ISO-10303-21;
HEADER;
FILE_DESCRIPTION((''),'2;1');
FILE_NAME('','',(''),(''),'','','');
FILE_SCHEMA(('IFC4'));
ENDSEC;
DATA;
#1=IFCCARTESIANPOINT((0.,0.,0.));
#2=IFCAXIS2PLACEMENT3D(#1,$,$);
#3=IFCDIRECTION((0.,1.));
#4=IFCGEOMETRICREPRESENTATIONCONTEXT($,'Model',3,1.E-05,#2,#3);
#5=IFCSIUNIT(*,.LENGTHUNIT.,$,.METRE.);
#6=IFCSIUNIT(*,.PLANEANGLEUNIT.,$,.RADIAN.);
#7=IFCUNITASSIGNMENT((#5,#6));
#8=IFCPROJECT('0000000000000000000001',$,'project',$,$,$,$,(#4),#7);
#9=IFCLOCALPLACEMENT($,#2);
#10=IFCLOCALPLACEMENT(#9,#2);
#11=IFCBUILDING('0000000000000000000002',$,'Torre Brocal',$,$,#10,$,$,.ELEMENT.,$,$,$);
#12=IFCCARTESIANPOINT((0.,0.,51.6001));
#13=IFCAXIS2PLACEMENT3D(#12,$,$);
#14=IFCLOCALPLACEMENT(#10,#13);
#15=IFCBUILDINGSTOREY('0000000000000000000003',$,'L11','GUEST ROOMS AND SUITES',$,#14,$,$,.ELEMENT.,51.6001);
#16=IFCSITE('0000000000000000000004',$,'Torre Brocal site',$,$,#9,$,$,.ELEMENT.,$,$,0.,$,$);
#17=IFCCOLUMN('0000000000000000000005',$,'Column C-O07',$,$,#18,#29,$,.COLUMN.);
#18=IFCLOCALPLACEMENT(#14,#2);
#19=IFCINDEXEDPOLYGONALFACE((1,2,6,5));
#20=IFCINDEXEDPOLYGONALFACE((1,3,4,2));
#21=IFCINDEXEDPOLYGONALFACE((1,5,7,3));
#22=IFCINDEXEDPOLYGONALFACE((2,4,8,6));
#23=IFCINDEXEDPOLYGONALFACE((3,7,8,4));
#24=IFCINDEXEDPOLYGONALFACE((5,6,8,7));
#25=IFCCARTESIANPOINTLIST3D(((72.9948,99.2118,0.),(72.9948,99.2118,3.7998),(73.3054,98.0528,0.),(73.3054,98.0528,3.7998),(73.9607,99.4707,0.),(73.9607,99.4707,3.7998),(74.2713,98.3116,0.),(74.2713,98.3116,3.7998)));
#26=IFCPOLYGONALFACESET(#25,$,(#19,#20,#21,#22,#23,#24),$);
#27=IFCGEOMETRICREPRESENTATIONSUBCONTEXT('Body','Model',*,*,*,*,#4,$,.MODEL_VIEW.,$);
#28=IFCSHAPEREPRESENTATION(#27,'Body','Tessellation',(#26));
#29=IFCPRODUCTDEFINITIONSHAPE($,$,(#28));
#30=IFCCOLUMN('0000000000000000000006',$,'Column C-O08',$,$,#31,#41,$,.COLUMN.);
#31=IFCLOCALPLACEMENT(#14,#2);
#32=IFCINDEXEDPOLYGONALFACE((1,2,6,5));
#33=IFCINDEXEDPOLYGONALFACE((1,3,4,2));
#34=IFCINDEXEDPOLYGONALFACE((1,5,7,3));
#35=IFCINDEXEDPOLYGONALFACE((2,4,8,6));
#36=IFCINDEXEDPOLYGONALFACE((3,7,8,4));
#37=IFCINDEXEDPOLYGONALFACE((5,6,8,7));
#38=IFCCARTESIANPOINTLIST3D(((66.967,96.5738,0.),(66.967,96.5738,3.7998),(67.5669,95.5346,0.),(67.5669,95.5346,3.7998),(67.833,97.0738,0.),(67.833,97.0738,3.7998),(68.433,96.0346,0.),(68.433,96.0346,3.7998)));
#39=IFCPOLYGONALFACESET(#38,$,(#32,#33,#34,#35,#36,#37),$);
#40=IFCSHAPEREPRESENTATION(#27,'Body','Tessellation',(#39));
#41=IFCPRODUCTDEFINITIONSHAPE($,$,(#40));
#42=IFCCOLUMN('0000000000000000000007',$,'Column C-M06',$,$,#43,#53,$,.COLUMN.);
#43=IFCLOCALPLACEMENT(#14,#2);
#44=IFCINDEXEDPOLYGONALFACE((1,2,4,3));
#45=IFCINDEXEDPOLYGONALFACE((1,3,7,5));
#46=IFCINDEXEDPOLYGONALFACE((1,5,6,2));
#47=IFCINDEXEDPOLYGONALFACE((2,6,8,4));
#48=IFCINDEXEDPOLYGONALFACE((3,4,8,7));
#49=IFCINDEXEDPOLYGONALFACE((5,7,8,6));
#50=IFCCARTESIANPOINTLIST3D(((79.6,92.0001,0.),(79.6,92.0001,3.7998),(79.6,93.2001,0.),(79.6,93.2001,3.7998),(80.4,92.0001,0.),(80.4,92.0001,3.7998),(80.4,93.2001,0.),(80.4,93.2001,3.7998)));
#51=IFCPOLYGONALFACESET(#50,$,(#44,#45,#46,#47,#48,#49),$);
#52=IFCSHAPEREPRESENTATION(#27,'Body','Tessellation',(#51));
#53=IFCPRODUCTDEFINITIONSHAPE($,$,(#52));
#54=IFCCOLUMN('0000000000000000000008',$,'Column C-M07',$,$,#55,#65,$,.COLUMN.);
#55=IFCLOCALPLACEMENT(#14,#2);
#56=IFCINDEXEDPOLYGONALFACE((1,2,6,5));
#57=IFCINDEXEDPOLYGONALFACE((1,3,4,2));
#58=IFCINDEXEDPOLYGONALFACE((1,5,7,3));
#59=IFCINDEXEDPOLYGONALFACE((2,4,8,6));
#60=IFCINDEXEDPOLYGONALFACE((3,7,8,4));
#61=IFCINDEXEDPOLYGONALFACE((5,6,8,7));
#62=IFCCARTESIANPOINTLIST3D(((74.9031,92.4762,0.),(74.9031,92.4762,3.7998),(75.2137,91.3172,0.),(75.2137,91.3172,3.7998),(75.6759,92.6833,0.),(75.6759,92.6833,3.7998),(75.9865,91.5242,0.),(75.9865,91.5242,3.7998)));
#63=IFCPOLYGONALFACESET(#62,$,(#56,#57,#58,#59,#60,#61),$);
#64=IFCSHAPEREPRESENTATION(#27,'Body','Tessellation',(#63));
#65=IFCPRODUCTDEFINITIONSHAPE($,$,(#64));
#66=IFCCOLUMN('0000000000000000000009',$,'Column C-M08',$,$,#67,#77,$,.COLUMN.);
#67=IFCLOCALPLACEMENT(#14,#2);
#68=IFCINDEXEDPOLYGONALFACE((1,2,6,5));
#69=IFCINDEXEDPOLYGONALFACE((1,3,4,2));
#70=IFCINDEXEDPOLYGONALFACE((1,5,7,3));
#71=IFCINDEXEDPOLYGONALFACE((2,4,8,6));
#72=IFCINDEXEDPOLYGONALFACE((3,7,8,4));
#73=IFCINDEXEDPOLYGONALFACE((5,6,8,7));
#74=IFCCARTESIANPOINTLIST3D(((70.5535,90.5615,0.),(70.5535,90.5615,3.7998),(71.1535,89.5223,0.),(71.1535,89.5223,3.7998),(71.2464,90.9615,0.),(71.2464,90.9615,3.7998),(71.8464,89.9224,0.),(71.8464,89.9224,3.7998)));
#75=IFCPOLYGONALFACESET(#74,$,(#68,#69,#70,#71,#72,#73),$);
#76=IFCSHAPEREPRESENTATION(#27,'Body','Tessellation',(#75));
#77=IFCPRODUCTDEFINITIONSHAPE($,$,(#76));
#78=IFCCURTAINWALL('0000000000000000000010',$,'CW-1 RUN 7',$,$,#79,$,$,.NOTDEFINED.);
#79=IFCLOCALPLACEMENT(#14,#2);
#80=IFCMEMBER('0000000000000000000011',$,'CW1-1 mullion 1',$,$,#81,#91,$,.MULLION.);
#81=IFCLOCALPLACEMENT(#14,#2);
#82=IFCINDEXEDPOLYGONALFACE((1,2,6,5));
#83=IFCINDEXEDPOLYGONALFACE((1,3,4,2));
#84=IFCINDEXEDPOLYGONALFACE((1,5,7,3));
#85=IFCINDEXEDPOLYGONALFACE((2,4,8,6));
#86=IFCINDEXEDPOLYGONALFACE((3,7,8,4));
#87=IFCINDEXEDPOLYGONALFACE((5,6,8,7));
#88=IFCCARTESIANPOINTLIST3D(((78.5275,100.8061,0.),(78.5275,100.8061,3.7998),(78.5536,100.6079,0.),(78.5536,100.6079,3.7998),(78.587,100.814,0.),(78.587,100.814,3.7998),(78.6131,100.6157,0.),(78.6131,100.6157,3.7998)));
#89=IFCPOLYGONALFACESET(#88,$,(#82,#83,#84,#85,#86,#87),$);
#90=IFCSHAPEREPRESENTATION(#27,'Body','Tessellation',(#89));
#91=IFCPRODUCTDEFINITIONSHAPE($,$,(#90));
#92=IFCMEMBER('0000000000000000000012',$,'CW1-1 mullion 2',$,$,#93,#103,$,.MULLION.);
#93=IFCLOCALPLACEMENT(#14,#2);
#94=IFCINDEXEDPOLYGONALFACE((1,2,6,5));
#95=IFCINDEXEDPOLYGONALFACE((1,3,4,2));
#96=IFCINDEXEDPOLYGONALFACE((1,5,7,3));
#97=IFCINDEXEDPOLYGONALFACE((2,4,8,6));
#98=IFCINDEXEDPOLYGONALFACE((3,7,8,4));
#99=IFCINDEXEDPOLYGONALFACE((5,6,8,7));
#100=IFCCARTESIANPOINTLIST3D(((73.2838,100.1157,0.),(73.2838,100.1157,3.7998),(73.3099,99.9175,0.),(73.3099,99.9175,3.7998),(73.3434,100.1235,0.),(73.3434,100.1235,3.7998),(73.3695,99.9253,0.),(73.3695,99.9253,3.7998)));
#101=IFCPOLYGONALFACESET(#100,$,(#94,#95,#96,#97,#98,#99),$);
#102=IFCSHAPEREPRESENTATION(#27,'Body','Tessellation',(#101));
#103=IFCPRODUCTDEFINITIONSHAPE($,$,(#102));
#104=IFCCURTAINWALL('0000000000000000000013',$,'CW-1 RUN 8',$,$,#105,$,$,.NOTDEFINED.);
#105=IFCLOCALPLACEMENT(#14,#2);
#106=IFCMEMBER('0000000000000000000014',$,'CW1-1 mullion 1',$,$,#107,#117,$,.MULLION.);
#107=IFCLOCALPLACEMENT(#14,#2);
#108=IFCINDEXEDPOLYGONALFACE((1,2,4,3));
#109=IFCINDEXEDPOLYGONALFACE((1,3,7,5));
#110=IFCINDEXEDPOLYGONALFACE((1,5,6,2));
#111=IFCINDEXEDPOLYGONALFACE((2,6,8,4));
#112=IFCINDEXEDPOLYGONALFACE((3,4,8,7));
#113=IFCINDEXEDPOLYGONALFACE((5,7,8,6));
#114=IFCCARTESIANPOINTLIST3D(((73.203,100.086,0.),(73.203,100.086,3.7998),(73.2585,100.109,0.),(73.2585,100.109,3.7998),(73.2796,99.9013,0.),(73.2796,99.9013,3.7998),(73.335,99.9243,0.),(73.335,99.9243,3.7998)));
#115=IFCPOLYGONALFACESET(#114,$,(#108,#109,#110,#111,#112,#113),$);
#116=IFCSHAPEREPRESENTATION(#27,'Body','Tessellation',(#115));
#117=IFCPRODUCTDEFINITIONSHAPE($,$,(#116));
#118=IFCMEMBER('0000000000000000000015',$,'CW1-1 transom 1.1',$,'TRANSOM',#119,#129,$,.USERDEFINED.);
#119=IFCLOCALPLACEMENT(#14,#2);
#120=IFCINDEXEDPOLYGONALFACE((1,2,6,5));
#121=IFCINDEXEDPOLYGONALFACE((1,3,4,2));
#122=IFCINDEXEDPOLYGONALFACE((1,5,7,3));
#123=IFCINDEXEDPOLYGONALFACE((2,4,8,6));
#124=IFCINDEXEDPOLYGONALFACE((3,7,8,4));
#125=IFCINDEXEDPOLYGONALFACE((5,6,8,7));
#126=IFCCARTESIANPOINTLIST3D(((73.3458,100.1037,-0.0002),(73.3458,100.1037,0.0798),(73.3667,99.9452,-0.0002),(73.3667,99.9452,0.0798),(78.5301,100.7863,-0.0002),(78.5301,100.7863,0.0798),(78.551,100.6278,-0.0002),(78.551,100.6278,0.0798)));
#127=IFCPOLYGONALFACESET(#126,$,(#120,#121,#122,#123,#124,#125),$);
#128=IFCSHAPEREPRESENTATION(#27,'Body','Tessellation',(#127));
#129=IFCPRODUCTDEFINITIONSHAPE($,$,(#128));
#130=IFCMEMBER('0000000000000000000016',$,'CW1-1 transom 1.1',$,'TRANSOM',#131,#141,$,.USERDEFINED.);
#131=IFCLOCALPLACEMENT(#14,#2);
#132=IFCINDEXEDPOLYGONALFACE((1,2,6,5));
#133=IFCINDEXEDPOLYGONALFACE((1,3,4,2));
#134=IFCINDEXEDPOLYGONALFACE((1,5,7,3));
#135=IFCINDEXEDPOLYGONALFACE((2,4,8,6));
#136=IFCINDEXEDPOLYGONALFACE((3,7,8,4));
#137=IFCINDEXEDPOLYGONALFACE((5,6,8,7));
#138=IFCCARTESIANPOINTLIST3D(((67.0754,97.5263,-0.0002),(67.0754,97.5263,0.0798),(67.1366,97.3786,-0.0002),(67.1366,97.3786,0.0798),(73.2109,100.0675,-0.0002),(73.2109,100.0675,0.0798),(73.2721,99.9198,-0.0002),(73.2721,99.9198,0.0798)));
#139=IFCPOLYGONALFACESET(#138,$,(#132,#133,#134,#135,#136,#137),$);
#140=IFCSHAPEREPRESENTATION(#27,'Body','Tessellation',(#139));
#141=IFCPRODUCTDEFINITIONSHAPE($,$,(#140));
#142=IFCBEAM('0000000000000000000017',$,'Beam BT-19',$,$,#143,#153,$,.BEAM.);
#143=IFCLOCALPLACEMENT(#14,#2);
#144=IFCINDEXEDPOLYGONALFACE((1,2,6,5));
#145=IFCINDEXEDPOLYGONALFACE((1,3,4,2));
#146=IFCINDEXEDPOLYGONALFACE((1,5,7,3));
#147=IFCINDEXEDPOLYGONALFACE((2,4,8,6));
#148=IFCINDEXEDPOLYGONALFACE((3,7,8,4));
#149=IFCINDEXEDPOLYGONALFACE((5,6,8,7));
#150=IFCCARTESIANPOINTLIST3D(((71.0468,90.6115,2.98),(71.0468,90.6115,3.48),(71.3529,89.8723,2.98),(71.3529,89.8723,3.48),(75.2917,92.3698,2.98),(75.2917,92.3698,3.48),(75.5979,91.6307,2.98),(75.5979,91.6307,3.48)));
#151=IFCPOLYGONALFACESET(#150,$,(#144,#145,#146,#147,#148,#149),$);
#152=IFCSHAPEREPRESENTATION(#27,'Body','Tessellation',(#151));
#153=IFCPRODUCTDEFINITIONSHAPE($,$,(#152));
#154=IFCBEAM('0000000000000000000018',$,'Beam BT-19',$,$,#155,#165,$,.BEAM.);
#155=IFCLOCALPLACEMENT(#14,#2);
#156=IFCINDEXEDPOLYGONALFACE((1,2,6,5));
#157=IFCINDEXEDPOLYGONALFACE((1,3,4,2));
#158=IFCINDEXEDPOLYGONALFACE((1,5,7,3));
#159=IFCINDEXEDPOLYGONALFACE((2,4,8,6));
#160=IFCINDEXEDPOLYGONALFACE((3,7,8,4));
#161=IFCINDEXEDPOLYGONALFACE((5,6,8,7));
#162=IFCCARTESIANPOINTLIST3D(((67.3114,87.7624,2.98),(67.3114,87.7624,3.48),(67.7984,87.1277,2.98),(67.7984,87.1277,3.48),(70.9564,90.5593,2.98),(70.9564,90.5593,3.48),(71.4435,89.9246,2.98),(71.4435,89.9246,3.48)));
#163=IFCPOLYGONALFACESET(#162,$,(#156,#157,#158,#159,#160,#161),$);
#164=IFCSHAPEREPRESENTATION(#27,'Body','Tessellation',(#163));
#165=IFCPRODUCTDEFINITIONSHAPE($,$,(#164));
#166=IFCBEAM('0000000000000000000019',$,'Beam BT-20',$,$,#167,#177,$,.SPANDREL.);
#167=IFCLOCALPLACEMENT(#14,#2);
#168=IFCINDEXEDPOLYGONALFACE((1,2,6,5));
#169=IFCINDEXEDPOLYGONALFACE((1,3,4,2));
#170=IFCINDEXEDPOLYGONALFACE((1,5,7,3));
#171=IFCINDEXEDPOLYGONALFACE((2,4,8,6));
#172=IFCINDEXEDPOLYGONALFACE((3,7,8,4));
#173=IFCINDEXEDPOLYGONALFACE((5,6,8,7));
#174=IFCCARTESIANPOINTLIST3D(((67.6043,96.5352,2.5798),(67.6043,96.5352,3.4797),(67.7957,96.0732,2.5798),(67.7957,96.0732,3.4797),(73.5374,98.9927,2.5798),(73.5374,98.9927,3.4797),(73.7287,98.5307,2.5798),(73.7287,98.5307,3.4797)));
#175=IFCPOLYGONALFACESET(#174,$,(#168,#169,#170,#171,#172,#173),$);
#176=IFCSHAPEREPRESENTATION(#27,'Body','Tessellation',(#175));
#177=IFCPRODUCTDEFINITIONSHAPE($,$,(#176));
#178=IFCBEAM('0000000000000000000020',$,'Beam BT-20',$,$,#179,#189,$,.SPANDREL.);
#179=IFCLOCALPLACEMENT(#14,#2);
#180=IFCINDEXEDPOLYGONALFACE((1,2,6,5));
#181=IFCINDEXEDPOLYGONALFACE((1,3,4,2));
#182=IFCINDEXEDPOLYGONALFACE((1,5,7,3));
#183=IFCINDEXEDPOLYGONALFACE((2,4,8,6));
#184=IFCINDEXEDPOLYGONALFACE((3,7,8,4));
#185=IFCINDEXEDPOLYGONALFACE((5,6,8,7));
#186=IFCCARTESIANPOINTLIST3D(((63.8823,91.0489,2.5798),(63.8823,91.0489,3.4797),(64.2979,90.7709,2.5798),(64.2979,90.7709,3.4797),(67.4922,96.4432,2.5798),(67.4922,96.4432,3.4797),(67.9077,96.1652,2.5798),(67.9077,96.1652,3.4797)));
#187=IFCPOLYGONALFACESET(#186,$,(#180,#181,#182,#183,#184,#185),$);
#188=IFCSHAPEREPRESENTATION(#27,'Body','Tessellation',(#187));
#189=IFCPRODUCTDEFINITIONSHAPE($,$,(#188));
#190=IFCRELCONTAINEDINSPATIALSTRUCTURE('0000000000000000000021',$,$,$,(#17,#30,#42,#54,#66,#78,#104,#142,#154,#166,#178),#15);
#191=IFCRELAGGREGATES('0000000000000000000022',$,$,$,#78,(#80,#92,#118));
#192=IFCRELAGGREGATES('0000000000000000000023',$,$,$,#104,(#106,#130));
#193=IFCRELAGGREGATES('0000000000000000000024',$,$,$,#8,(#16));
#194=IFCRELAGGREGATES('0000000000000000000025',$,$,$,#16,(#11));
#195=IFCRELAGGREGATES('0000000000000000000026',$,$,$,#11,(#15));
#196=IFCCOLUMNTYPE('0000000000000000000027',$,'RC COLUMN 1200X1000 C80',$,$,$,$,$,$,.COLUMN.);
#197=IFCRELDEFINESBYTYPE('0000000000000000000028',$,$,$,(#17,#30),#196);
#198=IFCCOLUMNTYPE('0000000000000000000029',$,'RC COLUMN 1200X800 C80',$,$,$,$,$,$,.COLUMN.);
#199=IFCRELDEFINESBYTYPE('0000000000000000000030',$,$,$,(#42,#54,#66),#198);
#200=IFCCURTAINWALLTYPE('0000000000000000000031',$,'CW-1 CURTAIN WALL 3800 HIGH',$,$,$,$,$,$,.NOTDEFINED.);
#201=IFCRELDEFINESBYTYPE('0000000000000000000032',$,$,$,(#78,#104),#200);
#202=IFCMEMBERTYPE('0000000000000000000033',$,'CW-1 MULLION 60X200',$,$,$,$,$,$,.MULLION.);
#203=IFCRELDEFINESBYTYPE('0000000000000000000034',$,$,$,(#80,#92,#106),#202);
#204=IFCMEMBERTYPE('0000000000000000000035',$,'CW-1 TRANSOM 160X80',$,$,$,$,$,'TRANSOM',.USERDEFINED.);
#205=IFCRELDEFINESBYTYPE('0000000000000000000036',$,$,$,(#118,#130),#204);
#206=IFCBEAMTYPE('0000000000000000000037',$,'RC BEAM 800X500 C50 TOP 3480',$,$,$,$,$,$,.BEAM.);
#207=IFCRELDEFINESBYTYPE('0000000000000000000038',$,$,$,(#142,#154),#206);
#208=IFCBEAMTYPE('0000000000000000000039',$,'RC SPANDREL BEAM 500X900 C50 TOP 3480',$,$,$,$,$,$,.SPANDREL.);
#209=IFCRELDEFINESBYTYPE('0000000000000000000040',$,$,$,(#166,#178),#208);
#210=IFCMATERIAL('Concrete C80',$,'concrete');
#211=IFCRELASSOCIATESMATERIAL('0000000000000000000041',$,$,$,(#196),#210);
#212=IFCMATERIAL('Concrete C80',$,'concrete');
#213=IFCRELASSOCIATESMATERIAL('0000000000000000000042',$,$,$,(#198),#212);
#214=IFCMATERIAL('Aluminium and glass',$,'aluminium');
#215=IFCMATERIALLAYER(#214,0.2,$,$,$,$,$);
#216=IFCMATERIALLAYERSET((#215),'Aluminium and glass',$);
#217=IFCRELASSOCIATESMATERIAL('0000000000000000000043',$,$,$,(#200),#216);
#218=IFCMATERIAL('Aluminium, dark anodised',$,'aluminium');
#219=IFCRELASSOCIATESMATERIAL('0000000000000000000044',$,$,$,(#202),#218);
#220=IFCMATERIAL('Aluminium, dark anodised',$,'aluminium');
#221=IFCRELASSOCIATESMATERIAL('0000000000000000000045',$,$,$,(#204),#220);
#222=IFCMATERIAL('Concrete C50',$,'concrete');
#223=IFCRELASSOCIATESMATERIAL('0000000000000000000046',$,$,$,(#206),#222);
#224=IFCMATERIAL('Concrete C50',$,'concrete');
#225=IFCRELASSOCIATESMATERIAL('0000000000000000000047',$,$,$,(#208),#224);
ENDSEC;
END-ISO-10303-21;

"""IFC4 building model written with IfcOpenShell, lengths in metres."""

from ifc_helpers import new_model, si_unit, direction, frame, origin, origin_2d, place, context, subcontext, project, spatial, rectangle, extrude, material, layer, layer_set, material_profile, profile_set, type_object, element, aggregate, save


model = new_model("IFC4")

# Units and contexts
model_context = context("Model", 3, precision=1e-05, world=origin(), true_north=direction((0.0, 1.0)))
body_context = subcontext(model_context, "Body", "Model", "MODEL_VIEW")
ifc_project = project(units=[si_unit("LENGTHUNIT", "METRE"), si_unit("PLANEANGLEUNIT", "RADIAN")], contexts=[model_context])

# Site, building, storey
site_placement = place(None, origin())
site = spatial("IfcSite", under=ifc_project, at=site_placement, Name="Torre Brocal site", CompositionType="ELEMENT", RefElevation=0.0)
building_placement = place(site_placement, origin())
building = spatial("IfcBuilding", under=site, at=building_placement, Name="Torre Brocal", CompositionType="ELEMENT")
storey_placement = place(building_placement, frame((0.0, 0.0, 51.6001)))
storey = spatial("IfcBuildingStorey", under=building, at=storey_placement, Name="L11", Description="GUEST ROOMS AND SUITES", CompositionType="ELEMENT", Elevation=51.6001)

# Columns
ifc_material_1 = material(Name="Concrete C80", Category="concrete")
ifc_material_profile_1 = material_profile(ifc_material_1, rectangle(XDim=1.2, YDim=1.0, at=origin_2d()), Name="RC 1200X1000")
ifc_profile_set_1 = profile_set([ifc_material_profile_1], Name="Concrete C80")
column_type_1 = type_object("IfcColumnType", Name="RC COLUMN 1200X1000 C80", PredefinedType="COLUMN", material=ifc_profile_set_1)
for number, where, z_axis, x_axis, name in (
    (1, (73.6331, 98.7617, 0.0), (0.0, 0.0, 1.0), (-0.258819, 0.965926, 0.0), "Column C-O07"),
    (2, (67.7, 96.3042, 0.0), (0.0, 0.0, 1.0), (-0.5, 0.866025, 0.0), "Column C-O08"),
):
    element("IfcColumn", number, at=place(storey_placement, frame(where, z_axis=z_axis, x_axis=x_axis)), inside=storey, type_object=column_type_1, Name=name, PredefinedType="COLUMN", context=body_context, shape_type="SweptSolid", body=[
        extrude(rectangle(XDim=1.2, YDim=1.0, at=origin_2d()), origin(), (0.0, 0.0, 1.0), 3.7998),
    ])
ifc_material_2 = material(Name="Concrete C80", Category="concrete")
ifc_material_profile_2 = material_profile(ifc_material_2, rectangle(XDim=1.2, YDim=0.8, at=origin_2d()), Name="RC 1200X800")
ifc_profile_set_2 = profile_set([ifc_material_profile_2], Name="Concrete C80")
column_type_2 = type_object("IfcColumnType", Name="RC COLUMN 1200X800 C80", PredefinedType="COLUMN", material=ifc_profile_set_2)
for number, where, z_axis, x_axis, name in (
    (3, (80.0, 92.6001, 0.0), (0.0, 0.0, 1.0), (0.0, 1.0, 0.0), "Column C-M06"),
    (4, (75.4448, 92.0002, 0.0), (0.0, 0.0, 1.0), (-0.258819, 0.965926, 0.0), "Column C-M07"),
    (5, (71.2, 90.2419, 0.0), (0.0, 0.0, 1.0), (-0.5, 0.866025, 0.0), "Column C-M08"),
):
    element("IfcColumn", number, at=place(storey_placement, frame(where, z_axis=z_axis, x_axis=x_axis)), inside=storey, type_object=column_type_2, Name=name, PredefinedType="COLUMN", context=body_context, shape_type="SweptSolid", body=[
        extrude(rectangle(XDim=1.2, YDim=0.8, at=origin_2d()), origin(), (0.0, 0.0, 1.0), 3.7998),
    ])

# Curtain wall, members
ifc_material_3 = material(Name="Aluminium and glass", Category="aluminium")
ifc_layer_1 = layer(ifc_material_3, 0.2)
ifc_layer_set_1 = layer_set([ifc_layer_1], Name="Aluminium and glass")
curtain_wall_type = type_object("IfcCurtainWallType", Name="CW-1 CURTAIN WALL 3800 HIGH", PredefinedType="NOTDEFINED", material=ifc_layer_set_1)
curtain_wall_1_placement = place(storey_placement, origin())
curtain_wall_1 = element("IfcCurtainWall", 6, at=curtain_wall_1_placement, inside=storey, type_object=curtain_wall_type, Name="CW-1 RUN 7", PredefinedType="NOTDEFINED")
ifc_material_4 = material(Name="Aluminium, dark anodised", Category="aluminium")
ifc_material_profile_3 = material_profile(ifc_material_4, rectangle(XDim=0.2, YDim=0.0601, at=origin_2d()), Name="CW-1 MULLION 60X200")
ifc_profile_set_3 = profile_set([ifc_material_profile_3], Name="Aluminium, dark anodised")
member_type_1 = type_object("IfcMemberType", Name="CW-1 MULLION 60X200", PredefinedType="MULLION", material=ifc_profile_set_3)
member_1_placement = place(storey_placement, frame((78.5703, 100.7109, 0.0), z_axis=(0.0, 0.0, 1.0), x_axis=(0.130526, -0.991445, 0.0)))
member_1 = element("IfcMember", 7, at=member_1_placement, type_object=member_type_1, Name="CW1-1 mullion 1", PredefinedType="MULLION", context=body_context, shape_type="SweptSolid", body=[
    extrude(rectangle(XDim=0.2, YDim=0.0601, at=origin_2d()), origin(), (0.0, 0.0, 1.0), 3.7998),
])
member_2_placement = place(storey_placement, frame((73.3267, 100.0205, 0.0), z_axis=(0.0, 0.0, 1.0), x_axis=(0.130526, -0.991445, 0.0)))
member_2 = element("IfcMember", 8, at=member_2_placement, type_object=member_type_1, Name="CW1-1 mullion 2", PredefinedType="MULLION", context=body_context, shape_type="SweptSolid", body=[
    extrude(rectangle(XDim=0.2, YDim=0.0601, at=origin_2d()), origin(), (0.0, 0.0, 1.0), 3.7998),
])

# Curtain wall, member
curtain_wall_2_placement = place(storey_placement, origin())
curtain_wall_2 = element("IfcCurtainWall", 9, at=curtain_wall_2_placement, inside=storey, type_object=curtain_wall_type, Name="CW-1 RUN 8", PredefinedType="NOTDEFINED")
member_3_placement = place(storey_placement, frame((73.269, 100.0051, 0.0), z_axis=(0.0, 0.0, 1.0), x_axis=(0.382683, -0.92388, 0.0)))
member_3 = element("IfcMember", 10, at=member_3_placement, type_object=member_type_1, Name="CW1-1 mullion 1", PredefinedType="MULLION", context=body_context, shape_type="SweptSolid", body=[
    extrude(rectangle(XDim=0.2, YDim=0.0601, at=origin_2d()), origin(), (0.0, 0.0, 1.0), 3.7998),
])

# Members
ifc_material_5 = material(Name="Aluminium, dark anodised", Category="aluminium")
ifc_material_profile_4 = material_profile(ifc_material_5, rectangle(XDim=0.1599, YDim=0.0801, at=origin_2d()), Name="CW-1 TRANSOM 160X80")
ifc_profile_set_4 = profile_set([ifc_material_profile_4], Name="Aluminium, dark anodised")
member_type_2 = type_object("IfcMemberType", Name="CW-1 TRANSOM 160X80", ElementType="TRANSOM", PredefinedType="USERDEFINED", material=ifc_profile_set_4)
member_4_placement = place(storey_placement, frame((78.5405, 100.707, 0.0398), z_axis=(-0.991443, -0.130543, 0.0), x_axis=(0.130543, -0.991443, 0.0)))
member_4 = element("IfcMember", 11, at=member_4_placement, type_object=member_type_2, Name="CW1-1 transom 1.1", ObjectType="TRANSOM", PredefinedType="USERDEFINED", context=body_context, shape_type="SweptSolid", body=[
    extrude(rectangle(XDim=0.1599, YDim=0.0801, at=origin_2d()), origin(), (0.0, 0.0, 1.0), 5.229),
])
member_5_placement = place(storey_placement, frame((73.2415, 99.9937, 0.0398), z_axis=(-0.923887, -0.382665, 0.0), x_axis=(0.382665, -0.923887, 0.0)))
member_5 = element("IfcMember", 12, at=member_5_placement, type_object=member_type_2, Name="CW1-1 transom 1.1", ObjectType="TRANSOM", PredefinedType="USERDEFINED", context=body_context, shape_type="SweptSolid", body=[
    extrude(rectangle(XDim=0.1599, YDim=0.0801, at=origin_2d()), origin(), (0.0, 0.0, 1.0), 6.6409),
])

# Beams
ifc_material_6 = material(Name="Concrete C50", Category="concrete")
ifc_material_profile_5 = material_profile(ifc_material_6, rectangle(XDim=0.8, YDim=0.5, at=origin_2d()), Name="RC 800X500")
ifc_profile_set_5 = profile_set([ifc_material_profile_5], Name="Concrete C50")
beam_type_1 = type_object("IfcBeamType", Name="RC BEAM 800X500 C50 TOP 3480", PredefinedType="BEAM", material=ifc_profile_set_5)
beam_1_placement = place(storey_placement, frame((75.4448, 92.0002, 3.23), z_axis=(-0.923878, -0.382687, 0.0), x_axis=(0.382687, -0.923878, 0.0)))
element("IfcBeam", 13, at=beam_1_placement, inside=storey, type_object=beam_type_1, Name="Beam BT-19", PredefinedType="BEAM", context=body_context, shape_type="SweptSolid", body=[
    extrude(rectangle(XDim=0.8, YDim=0.5, at=origin_2d()), origin(), (0.0, 0.0, 1.0), 4.5947),
])
beam_2_placement = place(storey_placement, frame((71.2, 90.2419, 3.23), z_axis=(-0.793358, -0.608755, 0.0), x_axis=(0.608755, -0.793358, 0.0)))
element("IfcBeam", 14, at=beam_2_placement, inside=storey, type_object=beam_type_1, Name="Beam BT-19", PredefinedType="BEAM", context=body_context, shape_type="SweptSolid", body=[
    extrude(rectangle(XDim=0.8, YDim=0.5, at=origin_2d()), origin(), (0.0, 0.0, 1.0), 4.5945),
])
ifc_material_7 = material(Name="Concrete C50", Category="concrete")
ifc_material_profile_6 = material_profile(ifc_material_7, rectangle(XDim=0.5, YDim=0.8999, at=origin_2d()), Name="RC 500X900")
ifc_profile_set_6 = profile_set([ifc_material_profile_6], Name="Concrete C50")
beam_type_2 = type_object("IfcBeamType", Name="RC SPANDREL BEAM 500X900 C50 TOP 3480", PredefinedType="SPANDREL", material=ifc_profile_set_6)
beam_3_placement = place(storey_placement, frame((73.6331, 98.7617, 3.0298), z_axis=(-0.923882, -0.382676, 0.0), x_axis=(0.382676, -0.923882, 0.0)))
element("IfcBeam", 15, at=beam_3_placement, inside=storey, type_object=beam_type_2, Name="Beam BT-20", PredefinedType="SPANDREL", context=body_context, shape_type="SweptSolid", body=[
    extrude(rectangle(XDim=0.5, YDim=0.8999, at=origin_2d()), origin(), (0.0, 0.0, 1.0), 6.4219),
])
beam_4_placement = place(storey_placement, frame((67.7, 96.3042, 3.0298), z_axis=(-0.556158, -0.831077, 0.0), x_axis=(0.831077, -0.556158, 0.0)))
element("IfcBeam", 16, at=beam_4_placement, inside=storey, type_object=beam_type_2, Name="Beam BT-20", PredefinedType="SPANDREL", context=body_context, shape_type="SweptSolid", body=[
    extrude(rectangle(XDim=0.5, YDim=0.8999, at=origin_2d()), origin(), (0.0, 0.0, 1.0), 6.4907),
])

aggregate(curtain_wall_1, [member_1, member_2, member_4])
aggregate(curtain_wall_2, [member_3, member_5])

save(model, "model.ifc")
